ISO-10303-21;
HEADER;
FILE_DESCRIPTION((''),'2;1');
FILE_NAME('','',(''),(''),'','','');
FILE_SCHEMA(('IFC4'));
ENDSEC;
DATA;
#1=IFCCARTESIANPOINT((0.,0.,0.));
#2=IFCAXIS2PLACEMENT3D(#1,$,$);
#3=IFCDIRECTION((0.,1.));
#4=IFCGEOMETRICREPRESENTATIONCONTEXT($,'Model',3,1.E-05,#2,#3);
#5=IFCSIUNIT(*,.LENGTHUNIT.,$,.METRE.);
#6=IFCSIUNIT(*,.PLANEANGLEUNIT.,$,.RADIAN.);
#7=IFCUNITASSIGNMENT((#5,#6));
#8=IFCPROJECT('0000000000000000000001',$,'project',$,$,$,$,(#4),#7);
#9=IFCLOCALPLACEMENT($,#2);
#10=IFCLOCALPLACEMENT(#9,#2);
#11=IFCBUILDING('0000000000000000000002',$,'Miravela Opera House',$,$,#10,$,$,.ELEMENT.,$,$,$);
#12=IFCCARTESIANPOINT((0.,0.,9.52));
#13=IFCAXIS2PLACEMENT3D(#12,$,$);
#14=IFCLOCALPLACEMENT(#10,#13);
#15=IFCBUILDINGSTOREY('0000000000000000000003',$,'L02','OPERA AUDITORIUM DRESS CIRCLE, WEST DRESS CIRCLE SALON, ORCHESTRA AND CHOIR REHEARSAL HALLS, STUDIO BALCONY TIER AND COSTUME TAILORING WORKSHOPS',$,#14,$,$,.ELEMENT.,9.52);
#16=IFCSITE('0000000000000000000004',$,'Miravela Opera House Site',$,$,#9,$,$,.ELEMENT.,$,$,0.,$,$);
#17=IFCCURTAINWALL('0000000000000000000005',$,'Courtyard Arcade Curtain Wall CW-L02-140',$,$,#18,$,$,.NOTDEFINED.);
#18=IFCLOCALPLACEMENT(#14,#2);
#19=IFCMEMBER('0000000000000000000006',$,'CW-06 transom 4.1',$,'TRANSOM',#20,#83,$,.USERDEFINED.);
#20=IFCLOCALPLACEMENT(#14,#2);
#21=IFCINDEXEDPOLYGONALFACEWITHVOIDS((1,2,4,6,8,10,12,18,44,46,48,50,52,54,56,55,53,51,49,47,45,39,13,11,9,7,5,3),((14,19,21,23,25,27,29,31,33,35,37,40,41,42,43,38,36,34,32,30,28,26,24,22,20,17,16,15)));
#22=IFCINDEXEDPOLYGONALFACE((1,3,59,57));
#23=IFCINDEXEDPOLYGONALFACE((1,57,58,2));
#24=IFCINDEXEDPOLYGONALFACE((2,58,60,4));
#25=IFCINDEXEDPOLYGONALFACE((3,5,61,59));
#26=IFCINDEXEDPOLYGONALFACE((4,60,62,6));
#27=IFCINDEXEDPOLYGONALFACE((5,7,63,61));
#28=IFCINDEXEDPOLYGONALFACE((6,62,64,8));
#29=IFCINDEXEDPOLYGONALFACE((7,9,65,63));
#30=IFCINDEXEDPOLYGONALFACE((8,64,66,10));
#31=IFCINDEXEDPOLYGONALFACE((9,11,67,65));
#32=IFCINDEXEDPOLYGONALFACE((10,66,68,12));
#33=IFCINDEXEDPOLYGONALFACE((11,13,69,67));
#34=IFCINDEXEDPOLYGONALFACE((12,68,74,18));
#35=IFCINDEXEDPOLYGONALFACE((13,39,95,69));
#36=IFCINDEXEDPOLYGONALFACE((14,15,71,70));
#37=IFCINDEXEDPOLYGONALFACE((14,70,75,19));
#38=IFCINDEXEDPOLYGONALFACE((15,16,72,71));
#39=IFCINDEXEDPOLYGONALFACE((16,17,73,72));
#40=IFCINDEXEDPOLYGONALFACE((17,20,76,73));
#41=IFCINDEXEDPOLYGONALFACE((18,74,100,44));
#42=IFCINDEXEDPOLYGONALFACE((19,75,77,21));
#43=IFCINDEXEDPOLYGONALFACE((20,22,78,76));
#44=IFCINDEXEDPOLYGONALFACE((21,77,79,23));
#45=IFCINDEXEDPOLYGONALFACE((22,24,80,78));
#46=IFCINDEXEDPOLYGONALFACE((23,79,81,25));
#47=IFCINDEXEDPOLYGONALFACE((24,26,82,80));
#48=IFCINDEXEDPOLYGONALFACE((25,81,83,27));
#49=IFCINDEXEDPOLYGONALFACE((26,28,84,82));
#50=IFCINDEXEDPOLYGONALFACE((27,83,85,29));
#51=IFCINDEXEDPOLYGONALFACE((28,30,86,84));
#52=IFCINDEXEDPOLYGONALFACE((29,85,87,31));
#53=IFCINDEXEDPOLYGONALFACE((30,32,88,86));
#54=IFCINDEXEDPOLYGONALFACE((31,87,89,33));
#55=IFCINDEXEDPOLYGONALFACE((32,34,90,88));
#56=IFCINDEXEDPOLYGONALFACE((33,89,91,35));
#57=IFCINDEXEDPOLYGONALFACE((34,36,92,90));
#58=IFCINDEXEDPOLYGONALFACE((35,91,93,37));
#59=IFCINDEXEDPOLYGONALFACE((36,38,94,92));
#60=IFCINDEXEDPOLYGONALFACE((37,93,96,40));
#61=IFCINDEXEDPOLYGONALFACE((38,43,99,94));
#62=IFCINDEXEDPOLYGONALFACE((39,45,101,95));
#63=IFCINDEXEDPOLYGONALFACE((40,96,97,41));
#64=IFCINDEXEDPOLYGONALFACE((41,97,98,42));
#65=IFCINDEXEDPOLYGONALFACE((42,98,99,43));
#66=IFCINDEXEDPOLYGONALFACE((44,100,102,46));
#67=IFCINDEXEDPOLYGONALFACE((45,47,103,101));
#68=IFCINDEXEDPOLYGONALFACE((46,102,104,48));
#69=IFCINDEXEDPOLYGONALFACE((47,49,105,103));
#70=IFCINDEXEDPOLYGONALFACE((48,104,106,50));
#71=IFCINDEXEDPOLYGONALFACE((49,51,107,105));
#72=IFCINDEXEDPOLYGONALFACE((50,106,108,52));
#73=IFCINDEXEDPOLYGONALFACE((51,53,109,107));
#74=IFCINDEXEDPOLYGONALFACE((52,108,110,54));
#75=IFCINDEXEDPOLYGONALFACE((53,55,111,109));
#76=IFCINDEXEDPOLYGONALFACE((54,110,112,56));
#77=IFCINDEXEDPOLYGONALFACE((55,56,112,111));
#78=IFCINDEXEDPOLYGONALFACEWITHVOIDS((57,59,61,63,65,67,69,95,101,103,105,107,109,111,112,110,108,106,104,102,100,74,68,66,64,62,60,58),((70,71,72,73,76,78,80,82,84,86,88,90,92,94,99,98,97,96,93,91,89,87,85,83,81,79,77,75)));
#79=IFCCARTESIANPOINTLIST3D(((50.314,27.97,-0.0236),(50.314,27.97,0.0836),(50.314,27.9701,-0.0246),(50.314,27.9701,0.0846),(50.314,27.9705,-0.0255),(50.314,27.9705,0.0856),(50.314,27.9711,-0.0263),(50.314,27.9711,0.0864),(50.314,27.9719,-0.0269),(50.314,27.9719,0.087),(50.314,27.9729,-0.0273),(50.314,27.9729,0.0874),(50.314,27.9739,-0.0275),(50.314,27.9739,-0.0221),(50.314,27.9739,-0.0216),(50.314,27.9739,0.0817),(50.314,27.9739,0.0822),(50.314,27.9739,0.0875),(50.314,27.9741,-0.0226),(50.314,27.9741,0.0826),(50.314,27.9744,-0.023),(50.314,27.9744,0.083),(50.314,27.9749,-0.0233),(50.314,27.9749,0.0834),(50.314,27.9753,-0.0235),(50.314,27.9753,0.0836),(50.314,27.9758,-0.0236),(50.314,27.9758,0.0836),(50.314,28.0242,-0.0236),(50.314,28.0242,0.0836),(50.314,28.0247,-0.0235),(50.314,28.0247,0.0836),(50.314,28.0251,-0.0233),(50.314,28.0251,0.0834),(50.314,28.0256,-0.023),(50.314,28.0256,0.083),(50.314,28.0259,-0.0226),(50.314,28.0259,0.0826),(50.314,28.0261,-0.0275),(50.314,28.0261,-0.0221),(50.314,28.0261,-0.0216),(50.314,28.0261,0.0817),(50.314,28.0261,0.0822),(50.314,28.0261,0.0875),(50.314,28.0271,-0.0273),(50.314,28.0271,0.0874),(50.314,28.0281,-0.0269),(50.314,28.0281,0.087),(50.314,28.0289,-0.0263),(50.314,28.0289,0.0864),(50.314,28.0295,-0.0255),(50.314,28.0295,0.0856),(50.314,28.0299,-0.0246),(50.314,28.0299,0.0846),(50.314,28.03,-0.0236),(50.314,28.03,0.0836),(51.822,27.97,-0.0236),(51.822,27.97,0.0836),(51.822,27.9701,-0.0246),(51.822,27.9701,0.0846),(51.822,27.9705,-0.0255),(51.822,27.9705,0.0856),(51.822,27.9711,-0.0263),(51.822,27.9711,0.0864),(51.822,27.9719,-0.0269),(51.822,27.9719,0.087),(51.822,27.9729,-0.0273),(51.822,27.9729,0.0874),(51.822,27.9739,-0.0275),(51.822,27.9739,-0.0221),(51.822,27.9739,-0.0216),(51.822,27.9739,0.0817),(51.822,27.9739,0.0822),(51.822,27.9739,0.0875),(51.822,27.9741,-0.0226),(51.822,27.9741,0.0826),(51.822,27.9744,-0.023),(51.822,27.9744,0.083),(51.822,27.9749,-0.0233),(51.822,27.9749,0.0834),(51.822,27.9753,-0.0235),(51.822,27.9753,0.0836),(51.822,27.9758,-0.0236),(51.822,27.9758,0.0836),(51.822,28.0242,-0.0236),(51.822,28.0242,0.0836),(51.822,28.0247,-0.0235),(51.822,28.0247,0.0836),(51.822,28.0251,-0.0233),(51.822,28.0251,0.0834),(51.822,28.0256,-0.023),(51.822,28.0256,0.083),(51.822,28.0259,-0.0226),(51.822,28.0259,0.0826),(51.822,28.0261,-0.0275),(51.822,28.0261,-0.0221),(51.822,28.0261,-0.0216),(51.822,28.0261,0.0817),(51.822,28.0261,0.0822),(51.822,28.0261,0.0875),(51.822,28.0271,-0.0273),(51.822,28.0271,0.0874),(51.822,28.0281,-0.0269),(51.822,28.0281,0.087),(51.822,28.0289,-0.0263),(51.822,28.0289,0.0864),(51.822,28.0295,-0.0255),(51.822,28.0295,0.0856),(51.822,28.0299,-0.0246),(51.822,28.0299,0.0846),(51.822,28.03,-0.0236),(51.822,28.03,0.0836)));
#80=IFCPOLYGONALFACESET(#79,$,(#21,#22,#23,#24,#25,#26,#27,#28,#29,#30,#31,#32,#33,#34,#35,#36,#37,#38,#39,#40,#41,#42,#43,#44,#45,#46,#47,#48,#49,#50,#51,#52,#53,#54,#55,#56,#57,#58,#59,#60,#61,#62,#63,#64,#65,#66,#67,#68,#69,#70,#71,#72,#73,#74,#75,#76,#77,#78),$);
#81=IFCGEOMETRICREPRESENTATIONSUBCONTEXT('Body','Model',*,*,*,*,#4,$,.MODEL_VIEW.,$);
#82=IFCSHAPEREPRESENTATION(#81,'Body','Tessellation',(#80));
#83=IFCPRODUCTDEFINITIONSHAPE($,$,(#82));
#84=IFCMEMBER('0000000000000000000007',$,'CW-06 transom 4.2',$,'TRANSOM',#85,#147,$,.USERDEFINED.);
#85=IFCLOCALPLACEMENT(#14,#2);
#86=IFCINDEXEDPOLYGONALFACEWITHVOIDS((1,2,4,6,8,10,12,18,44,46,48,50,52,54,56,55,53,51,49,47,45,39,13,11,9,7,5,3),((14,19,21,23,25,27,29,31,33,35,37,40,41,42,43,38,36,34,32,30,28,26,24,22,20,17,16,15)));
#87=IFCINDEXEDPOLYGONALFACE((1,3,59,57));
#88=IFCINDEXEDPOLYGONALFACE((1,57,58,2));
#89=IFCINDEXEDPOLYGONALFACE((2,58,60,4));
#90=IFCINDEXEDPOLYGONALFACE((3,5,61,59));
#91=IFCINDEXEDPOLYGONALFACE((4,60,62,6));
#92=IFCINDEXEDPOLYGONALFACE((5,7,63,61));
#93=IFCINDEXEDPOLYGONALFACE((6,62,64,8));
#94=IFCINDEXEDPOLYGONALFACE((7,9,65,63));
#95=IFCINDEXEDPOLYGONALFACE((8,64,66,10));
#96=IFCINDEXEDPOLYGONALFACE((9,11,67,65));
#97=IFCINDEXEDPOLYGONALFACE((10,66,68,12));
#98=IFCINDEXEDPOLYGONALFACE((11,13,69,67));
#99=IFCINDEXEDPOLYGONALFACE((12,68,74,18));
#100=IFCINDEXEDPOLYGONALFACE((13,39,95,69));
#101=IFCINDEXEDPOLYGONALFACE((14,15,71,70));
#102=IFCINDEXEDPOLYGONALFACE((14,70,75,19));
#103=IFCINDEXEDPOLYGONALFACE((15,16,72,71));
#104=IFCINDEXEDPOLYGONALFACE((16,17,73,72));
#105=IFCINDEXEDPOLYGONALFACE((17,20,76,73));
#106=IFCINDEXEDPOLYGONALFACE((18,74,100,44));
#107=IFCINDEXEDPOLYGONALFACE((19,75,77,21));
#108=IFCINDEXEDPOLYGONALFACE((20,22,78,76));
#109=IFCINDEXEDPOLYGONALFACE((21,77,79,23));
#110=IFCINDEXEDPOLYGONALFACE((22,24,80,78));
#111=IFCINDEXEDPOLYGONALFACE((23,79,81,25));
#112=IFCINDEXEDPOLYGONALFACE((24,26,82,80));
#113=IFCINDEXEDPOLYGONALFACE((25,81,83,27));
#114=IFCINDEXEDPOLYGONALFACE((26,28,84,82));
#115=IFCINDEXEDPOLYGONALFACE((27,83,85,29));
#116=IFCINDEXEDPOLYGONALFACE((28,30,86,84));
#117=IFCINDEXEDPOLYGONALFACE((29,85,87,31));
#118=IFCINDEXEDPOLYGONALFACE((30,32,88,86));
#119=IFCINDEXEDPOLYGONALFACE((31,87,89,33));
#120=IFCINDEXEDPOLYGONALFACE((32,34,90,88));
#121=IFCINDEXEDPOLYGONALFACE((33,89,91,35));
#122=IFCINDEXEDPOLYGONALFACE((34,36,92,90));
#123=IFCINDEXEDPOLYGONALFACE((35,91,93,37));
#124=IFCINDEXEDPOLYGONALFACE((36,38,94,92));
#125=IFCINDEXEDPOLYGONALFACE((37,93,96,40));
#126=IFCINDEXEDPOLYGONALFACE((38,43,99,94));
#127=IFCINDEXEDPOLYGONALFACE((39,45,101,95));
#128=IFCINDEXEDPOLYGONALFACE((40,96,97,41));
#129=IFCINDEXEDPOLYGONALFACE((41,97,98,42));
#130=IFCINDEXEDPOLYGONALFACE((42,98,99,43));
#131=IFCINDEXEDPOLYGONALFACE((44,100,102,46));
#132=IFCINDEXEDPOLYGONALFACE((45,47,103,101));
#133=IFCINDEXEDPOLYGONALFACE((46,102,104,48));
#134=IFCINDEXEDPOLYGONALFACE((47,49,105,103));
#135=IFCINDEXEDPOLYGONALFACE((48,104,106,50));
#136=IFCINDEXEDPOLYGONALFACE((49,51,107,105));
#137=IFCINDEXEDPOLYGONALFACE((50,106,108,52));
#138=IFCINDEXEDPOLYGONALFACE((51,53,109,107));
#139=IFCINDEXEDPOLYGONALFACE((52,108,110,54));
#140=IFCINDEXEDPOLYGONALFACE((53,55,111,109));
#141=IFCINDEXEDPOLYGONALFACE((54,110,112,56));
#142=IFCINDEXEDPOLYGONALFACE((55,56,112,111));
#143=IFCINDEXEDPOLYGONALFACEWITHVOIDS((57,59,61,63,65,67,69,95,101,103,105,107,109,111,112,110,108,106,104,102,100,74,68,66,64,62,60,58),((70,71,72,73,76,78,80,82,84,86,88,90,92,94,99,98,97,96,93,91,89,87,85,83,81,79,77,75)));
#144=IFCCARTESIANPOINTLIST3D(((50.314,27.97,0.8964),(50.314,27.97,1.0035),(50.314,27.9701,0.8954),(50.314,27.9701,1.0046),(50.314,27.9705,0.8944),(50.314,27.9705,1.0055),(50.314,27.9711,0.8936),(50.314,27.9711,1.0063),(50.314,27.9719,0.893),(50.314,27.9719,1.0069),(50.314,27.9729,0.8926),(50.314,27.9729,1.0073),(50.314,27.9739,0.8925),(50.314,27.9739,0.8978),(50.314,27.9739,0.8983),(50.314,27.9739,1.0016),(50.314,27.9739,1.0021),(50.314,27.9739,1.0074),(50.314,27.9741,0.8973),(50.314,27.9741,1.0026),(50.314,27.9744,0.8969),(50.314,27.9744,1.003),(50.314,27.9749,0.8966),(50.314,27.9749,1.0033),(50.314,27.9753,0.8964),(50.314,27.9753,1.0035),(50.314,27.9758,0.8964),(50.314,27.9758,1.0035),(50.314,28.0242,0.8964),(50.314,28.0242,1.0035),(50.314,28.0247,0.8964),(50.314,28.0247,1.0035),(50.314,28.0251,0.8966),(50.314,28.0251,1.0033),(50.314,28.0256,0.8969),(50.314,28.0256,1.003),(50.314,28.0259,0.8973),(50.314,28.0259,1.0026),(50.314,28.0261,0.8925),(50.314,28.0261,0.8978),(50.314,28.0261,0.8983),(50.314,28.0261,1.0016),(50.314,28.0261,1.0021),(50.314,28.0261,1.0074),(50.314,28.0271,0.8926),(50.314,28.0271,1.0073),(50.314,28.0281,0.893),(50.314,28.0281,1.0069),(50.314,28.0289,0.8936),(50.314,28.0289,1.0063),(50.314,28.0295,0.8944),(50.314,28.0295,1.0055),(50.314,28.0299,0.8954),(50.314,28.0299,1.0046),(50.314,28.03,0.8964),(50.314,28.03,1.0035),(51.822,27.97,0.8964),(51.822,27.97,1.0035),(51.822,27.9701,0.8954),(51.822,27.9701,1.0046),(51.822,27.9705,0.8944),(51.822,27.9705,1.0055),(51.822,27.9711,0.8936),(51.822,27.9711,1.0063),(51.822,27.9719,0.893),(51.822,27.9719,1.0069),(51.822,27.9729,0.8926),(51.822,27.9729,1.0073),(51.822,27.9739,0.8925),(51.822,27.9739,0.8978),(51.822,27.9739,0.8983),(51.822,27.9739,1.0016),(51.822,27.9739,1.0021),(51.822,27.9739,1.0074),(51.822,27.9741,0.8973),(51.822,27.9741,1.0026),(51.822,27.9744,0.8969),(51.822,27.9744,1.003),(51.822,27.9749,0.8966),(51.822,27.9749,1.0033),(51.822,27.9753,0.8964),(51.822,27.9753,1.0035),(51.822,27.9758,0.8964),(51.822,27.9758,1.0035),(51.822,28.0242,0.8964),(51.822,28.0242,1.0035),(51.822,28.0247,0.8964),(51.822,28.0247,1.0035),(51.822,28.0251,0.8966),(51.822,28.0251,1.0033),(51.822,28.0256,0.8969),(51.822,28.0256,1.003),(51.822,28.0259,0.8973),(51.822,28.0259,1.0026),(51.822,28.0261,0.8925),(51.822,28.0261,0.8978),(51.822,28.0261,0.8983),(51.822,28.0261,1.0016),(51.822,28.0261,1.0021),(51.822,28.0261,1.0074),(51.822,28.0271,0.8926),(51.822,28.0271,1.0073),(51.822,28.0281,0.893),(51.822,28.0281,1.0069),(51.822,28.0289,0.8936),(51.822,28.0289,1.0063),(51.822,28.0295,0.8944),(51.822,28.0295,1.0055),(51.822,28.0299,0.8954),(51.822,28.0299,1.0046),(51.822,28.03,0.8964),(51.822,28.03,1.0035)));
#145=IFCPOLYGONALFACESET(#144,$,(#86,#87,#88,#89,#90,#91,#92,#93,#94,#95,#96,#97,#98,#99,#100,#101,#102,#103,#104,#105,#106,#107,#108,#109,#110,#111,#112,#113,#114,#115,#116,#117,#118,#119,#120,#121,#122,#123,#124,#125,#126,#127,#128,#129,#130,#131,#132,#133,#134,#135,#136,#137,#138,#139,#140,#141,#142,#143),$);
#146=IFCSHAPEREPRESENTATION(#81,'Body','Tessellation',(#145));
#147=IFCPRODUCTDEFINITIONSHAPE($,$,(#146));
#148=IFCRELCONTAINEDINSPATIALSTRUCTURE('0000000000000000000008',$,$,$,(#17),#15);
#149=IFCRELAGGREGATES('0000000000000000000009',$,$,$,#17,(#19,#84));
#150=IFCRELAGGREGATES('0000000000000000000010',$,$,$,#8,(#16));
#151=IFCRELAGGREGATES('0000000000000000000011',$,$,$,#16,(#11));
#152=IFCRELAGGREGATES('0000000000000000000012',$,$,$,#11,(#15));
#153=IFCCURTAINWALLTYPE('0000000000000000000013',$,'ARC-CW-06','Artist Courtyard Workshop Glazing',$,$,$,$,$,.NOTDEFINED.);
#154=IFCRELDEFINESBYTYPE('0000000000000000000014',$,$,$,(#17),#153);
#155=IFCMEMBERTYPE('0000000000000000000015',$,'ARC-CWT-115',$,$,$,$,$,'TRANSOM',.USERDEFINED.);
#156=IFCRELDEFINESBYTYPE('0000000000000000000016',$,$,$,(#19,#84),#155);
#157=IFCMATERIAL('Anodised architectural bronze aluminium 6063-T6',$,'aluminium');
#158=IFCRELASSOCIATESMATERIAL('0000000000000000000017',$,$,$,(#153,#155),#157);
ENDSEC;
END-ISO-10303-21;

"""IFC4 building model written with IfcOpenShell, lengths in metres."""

from ifc_helpers import new_model, si_unit, direction, frame, origin, origin_2d, place, context, subcontext, project, spatial, hollow_rectangle, extrude, material, material_profile, profile_set, type_object, element, aggregate, save


model = new_model("IFC4")

# Units and contexts
model_context = context("Model", 3, precision=1e-05, world=origin(), true_north=direction((0.0, 1.0)))
body_context = subcontext(model_context, "Body", "Model", "MODEL_VIEW")
ifc_project = project(units=[si_unit("LENGTHUNIT", "METRE"), si_unit("PLANEANGLEUNIT", "RADIAN")], contexts=[model_context])

# Site, building, storey
site_placement = place(None, origin())
site = spatial("IfcSite", under=ifc_project, at=site_placement, Name="Miravela Opera House Site", CompositionType="ELEMENT", RefElevation=0.0)
building_placement = place(site_placement, origin())
building = spatial("IfcBuilding", under=site, at=building_placement, Name="Miravela Opera House", CompositionType="ELEMENT")
storey_placement = place(building_placement, frame((0.0, 0.0, 9.52)))
storey = spatial("IfcBuildingStorey", under=building, at=storey_placement, Name="L02", Description="OPERA AUDITORIUM DRESS CIRCLE, WEST DRESS CIRCLE SALON, ORCHESTRA AND CHOIR REHEARSAL HALLS, STUDIO BALCONY TIER AND COSTUME TAILORING WORKSHOPS", CompositionType="ELEMENT", Elevation=9.52)

# Curtain wall
ifc_material_1 = material(Name="Anodised architectural bronze aluminium 6063-T6", Category="aluminium")
curtain_wall_type = type_object("IfcCurtainWallType", Name="ARC-CW-06", Description="Artist Courtyard Workshop Glazing", PredefinedType="NOTDEFINED", material=ifc_material_1)
curtain_wall_1_placement = place(storey_placement, origin())
curtain_wall_1 = element("IfcCurtainWall", 1, at=curtain_wall_1_placement, inside=storey, type_object=curtain_wall_type, Name="Courtyard Arcade Curtain Wall CW-L02-140", PredefinedType="NOTDEFINED")

# Members
ifc_material_profile_1 = material_profile(ifc_material_1, hollow_rectangle(XDim=0.0601, YDim=0.115, WallThickness=0.0039, InnerFilletRadius=0.002, OuterFilletRadius=0.0039, at=origin_2d()), Name="CWT-60X115")
ifc_profile_set_1 = profile_set([ifc_material_profile_1])
member_type_1 = type_object("IfcMemberType", Name="ARC-CWT-115", ElementType="TRANSOM", PredefinedType="USERDEFINED", material=ifc_profile_set_1)
member_1_placement = place(storey_placement, frame((50.314, 28.0, 0.03), z_axis=(1.0, 0.0, 0.0), x_axis=(0.0, 1.0, 0.0)))
member_1 = element("IfcMember", 2, at=member_1_placement, type_object=member_type_1, Name="CW-06 transom 4.1", ObjectType="TRANSOM", PredefinedType="USERDEFINED", context=body_context, shape_type="SweptSolid", body=[
    extrude(hollow_rectangle(XDim=0.0601, YDim=0.115, WallThickness=0.0039, InnerFilletRadius=0.002, OuterFilletRadius=0.0039, at=origin_2d()), origin(), (0.0, 0.0, 1.0), 1.5081),
])
member_2_placement = place(storey_placement, frame((50.314, 28.0, 0.95), z_axis=(1.0, 0.0, 0.0), x_axis=(0.0, 1.0, 0.0)))
member_2 = element("IfcMember", 3, at=member_2_placement, type_object=member_type_1, Name="CW-06 transom 4.2", ObjectType="TRANSOM", PredefinedType="USERDEFINED", context=body_context, shape_type="SweptSolid", body=[
    extrude(hollow_rectangle(XDim=0.0601, YDim=0.115, WallThickness=0.0039, InnerFilletRadius=0.002, OuterFilletRadius=0.0039, at=origin_2d()), origin(), (0.0, 0.0, 1.0), 1.5081),
])

aggregate(curtain_wall_1, [member_1, member_2])

save(model, "model.ifc")
